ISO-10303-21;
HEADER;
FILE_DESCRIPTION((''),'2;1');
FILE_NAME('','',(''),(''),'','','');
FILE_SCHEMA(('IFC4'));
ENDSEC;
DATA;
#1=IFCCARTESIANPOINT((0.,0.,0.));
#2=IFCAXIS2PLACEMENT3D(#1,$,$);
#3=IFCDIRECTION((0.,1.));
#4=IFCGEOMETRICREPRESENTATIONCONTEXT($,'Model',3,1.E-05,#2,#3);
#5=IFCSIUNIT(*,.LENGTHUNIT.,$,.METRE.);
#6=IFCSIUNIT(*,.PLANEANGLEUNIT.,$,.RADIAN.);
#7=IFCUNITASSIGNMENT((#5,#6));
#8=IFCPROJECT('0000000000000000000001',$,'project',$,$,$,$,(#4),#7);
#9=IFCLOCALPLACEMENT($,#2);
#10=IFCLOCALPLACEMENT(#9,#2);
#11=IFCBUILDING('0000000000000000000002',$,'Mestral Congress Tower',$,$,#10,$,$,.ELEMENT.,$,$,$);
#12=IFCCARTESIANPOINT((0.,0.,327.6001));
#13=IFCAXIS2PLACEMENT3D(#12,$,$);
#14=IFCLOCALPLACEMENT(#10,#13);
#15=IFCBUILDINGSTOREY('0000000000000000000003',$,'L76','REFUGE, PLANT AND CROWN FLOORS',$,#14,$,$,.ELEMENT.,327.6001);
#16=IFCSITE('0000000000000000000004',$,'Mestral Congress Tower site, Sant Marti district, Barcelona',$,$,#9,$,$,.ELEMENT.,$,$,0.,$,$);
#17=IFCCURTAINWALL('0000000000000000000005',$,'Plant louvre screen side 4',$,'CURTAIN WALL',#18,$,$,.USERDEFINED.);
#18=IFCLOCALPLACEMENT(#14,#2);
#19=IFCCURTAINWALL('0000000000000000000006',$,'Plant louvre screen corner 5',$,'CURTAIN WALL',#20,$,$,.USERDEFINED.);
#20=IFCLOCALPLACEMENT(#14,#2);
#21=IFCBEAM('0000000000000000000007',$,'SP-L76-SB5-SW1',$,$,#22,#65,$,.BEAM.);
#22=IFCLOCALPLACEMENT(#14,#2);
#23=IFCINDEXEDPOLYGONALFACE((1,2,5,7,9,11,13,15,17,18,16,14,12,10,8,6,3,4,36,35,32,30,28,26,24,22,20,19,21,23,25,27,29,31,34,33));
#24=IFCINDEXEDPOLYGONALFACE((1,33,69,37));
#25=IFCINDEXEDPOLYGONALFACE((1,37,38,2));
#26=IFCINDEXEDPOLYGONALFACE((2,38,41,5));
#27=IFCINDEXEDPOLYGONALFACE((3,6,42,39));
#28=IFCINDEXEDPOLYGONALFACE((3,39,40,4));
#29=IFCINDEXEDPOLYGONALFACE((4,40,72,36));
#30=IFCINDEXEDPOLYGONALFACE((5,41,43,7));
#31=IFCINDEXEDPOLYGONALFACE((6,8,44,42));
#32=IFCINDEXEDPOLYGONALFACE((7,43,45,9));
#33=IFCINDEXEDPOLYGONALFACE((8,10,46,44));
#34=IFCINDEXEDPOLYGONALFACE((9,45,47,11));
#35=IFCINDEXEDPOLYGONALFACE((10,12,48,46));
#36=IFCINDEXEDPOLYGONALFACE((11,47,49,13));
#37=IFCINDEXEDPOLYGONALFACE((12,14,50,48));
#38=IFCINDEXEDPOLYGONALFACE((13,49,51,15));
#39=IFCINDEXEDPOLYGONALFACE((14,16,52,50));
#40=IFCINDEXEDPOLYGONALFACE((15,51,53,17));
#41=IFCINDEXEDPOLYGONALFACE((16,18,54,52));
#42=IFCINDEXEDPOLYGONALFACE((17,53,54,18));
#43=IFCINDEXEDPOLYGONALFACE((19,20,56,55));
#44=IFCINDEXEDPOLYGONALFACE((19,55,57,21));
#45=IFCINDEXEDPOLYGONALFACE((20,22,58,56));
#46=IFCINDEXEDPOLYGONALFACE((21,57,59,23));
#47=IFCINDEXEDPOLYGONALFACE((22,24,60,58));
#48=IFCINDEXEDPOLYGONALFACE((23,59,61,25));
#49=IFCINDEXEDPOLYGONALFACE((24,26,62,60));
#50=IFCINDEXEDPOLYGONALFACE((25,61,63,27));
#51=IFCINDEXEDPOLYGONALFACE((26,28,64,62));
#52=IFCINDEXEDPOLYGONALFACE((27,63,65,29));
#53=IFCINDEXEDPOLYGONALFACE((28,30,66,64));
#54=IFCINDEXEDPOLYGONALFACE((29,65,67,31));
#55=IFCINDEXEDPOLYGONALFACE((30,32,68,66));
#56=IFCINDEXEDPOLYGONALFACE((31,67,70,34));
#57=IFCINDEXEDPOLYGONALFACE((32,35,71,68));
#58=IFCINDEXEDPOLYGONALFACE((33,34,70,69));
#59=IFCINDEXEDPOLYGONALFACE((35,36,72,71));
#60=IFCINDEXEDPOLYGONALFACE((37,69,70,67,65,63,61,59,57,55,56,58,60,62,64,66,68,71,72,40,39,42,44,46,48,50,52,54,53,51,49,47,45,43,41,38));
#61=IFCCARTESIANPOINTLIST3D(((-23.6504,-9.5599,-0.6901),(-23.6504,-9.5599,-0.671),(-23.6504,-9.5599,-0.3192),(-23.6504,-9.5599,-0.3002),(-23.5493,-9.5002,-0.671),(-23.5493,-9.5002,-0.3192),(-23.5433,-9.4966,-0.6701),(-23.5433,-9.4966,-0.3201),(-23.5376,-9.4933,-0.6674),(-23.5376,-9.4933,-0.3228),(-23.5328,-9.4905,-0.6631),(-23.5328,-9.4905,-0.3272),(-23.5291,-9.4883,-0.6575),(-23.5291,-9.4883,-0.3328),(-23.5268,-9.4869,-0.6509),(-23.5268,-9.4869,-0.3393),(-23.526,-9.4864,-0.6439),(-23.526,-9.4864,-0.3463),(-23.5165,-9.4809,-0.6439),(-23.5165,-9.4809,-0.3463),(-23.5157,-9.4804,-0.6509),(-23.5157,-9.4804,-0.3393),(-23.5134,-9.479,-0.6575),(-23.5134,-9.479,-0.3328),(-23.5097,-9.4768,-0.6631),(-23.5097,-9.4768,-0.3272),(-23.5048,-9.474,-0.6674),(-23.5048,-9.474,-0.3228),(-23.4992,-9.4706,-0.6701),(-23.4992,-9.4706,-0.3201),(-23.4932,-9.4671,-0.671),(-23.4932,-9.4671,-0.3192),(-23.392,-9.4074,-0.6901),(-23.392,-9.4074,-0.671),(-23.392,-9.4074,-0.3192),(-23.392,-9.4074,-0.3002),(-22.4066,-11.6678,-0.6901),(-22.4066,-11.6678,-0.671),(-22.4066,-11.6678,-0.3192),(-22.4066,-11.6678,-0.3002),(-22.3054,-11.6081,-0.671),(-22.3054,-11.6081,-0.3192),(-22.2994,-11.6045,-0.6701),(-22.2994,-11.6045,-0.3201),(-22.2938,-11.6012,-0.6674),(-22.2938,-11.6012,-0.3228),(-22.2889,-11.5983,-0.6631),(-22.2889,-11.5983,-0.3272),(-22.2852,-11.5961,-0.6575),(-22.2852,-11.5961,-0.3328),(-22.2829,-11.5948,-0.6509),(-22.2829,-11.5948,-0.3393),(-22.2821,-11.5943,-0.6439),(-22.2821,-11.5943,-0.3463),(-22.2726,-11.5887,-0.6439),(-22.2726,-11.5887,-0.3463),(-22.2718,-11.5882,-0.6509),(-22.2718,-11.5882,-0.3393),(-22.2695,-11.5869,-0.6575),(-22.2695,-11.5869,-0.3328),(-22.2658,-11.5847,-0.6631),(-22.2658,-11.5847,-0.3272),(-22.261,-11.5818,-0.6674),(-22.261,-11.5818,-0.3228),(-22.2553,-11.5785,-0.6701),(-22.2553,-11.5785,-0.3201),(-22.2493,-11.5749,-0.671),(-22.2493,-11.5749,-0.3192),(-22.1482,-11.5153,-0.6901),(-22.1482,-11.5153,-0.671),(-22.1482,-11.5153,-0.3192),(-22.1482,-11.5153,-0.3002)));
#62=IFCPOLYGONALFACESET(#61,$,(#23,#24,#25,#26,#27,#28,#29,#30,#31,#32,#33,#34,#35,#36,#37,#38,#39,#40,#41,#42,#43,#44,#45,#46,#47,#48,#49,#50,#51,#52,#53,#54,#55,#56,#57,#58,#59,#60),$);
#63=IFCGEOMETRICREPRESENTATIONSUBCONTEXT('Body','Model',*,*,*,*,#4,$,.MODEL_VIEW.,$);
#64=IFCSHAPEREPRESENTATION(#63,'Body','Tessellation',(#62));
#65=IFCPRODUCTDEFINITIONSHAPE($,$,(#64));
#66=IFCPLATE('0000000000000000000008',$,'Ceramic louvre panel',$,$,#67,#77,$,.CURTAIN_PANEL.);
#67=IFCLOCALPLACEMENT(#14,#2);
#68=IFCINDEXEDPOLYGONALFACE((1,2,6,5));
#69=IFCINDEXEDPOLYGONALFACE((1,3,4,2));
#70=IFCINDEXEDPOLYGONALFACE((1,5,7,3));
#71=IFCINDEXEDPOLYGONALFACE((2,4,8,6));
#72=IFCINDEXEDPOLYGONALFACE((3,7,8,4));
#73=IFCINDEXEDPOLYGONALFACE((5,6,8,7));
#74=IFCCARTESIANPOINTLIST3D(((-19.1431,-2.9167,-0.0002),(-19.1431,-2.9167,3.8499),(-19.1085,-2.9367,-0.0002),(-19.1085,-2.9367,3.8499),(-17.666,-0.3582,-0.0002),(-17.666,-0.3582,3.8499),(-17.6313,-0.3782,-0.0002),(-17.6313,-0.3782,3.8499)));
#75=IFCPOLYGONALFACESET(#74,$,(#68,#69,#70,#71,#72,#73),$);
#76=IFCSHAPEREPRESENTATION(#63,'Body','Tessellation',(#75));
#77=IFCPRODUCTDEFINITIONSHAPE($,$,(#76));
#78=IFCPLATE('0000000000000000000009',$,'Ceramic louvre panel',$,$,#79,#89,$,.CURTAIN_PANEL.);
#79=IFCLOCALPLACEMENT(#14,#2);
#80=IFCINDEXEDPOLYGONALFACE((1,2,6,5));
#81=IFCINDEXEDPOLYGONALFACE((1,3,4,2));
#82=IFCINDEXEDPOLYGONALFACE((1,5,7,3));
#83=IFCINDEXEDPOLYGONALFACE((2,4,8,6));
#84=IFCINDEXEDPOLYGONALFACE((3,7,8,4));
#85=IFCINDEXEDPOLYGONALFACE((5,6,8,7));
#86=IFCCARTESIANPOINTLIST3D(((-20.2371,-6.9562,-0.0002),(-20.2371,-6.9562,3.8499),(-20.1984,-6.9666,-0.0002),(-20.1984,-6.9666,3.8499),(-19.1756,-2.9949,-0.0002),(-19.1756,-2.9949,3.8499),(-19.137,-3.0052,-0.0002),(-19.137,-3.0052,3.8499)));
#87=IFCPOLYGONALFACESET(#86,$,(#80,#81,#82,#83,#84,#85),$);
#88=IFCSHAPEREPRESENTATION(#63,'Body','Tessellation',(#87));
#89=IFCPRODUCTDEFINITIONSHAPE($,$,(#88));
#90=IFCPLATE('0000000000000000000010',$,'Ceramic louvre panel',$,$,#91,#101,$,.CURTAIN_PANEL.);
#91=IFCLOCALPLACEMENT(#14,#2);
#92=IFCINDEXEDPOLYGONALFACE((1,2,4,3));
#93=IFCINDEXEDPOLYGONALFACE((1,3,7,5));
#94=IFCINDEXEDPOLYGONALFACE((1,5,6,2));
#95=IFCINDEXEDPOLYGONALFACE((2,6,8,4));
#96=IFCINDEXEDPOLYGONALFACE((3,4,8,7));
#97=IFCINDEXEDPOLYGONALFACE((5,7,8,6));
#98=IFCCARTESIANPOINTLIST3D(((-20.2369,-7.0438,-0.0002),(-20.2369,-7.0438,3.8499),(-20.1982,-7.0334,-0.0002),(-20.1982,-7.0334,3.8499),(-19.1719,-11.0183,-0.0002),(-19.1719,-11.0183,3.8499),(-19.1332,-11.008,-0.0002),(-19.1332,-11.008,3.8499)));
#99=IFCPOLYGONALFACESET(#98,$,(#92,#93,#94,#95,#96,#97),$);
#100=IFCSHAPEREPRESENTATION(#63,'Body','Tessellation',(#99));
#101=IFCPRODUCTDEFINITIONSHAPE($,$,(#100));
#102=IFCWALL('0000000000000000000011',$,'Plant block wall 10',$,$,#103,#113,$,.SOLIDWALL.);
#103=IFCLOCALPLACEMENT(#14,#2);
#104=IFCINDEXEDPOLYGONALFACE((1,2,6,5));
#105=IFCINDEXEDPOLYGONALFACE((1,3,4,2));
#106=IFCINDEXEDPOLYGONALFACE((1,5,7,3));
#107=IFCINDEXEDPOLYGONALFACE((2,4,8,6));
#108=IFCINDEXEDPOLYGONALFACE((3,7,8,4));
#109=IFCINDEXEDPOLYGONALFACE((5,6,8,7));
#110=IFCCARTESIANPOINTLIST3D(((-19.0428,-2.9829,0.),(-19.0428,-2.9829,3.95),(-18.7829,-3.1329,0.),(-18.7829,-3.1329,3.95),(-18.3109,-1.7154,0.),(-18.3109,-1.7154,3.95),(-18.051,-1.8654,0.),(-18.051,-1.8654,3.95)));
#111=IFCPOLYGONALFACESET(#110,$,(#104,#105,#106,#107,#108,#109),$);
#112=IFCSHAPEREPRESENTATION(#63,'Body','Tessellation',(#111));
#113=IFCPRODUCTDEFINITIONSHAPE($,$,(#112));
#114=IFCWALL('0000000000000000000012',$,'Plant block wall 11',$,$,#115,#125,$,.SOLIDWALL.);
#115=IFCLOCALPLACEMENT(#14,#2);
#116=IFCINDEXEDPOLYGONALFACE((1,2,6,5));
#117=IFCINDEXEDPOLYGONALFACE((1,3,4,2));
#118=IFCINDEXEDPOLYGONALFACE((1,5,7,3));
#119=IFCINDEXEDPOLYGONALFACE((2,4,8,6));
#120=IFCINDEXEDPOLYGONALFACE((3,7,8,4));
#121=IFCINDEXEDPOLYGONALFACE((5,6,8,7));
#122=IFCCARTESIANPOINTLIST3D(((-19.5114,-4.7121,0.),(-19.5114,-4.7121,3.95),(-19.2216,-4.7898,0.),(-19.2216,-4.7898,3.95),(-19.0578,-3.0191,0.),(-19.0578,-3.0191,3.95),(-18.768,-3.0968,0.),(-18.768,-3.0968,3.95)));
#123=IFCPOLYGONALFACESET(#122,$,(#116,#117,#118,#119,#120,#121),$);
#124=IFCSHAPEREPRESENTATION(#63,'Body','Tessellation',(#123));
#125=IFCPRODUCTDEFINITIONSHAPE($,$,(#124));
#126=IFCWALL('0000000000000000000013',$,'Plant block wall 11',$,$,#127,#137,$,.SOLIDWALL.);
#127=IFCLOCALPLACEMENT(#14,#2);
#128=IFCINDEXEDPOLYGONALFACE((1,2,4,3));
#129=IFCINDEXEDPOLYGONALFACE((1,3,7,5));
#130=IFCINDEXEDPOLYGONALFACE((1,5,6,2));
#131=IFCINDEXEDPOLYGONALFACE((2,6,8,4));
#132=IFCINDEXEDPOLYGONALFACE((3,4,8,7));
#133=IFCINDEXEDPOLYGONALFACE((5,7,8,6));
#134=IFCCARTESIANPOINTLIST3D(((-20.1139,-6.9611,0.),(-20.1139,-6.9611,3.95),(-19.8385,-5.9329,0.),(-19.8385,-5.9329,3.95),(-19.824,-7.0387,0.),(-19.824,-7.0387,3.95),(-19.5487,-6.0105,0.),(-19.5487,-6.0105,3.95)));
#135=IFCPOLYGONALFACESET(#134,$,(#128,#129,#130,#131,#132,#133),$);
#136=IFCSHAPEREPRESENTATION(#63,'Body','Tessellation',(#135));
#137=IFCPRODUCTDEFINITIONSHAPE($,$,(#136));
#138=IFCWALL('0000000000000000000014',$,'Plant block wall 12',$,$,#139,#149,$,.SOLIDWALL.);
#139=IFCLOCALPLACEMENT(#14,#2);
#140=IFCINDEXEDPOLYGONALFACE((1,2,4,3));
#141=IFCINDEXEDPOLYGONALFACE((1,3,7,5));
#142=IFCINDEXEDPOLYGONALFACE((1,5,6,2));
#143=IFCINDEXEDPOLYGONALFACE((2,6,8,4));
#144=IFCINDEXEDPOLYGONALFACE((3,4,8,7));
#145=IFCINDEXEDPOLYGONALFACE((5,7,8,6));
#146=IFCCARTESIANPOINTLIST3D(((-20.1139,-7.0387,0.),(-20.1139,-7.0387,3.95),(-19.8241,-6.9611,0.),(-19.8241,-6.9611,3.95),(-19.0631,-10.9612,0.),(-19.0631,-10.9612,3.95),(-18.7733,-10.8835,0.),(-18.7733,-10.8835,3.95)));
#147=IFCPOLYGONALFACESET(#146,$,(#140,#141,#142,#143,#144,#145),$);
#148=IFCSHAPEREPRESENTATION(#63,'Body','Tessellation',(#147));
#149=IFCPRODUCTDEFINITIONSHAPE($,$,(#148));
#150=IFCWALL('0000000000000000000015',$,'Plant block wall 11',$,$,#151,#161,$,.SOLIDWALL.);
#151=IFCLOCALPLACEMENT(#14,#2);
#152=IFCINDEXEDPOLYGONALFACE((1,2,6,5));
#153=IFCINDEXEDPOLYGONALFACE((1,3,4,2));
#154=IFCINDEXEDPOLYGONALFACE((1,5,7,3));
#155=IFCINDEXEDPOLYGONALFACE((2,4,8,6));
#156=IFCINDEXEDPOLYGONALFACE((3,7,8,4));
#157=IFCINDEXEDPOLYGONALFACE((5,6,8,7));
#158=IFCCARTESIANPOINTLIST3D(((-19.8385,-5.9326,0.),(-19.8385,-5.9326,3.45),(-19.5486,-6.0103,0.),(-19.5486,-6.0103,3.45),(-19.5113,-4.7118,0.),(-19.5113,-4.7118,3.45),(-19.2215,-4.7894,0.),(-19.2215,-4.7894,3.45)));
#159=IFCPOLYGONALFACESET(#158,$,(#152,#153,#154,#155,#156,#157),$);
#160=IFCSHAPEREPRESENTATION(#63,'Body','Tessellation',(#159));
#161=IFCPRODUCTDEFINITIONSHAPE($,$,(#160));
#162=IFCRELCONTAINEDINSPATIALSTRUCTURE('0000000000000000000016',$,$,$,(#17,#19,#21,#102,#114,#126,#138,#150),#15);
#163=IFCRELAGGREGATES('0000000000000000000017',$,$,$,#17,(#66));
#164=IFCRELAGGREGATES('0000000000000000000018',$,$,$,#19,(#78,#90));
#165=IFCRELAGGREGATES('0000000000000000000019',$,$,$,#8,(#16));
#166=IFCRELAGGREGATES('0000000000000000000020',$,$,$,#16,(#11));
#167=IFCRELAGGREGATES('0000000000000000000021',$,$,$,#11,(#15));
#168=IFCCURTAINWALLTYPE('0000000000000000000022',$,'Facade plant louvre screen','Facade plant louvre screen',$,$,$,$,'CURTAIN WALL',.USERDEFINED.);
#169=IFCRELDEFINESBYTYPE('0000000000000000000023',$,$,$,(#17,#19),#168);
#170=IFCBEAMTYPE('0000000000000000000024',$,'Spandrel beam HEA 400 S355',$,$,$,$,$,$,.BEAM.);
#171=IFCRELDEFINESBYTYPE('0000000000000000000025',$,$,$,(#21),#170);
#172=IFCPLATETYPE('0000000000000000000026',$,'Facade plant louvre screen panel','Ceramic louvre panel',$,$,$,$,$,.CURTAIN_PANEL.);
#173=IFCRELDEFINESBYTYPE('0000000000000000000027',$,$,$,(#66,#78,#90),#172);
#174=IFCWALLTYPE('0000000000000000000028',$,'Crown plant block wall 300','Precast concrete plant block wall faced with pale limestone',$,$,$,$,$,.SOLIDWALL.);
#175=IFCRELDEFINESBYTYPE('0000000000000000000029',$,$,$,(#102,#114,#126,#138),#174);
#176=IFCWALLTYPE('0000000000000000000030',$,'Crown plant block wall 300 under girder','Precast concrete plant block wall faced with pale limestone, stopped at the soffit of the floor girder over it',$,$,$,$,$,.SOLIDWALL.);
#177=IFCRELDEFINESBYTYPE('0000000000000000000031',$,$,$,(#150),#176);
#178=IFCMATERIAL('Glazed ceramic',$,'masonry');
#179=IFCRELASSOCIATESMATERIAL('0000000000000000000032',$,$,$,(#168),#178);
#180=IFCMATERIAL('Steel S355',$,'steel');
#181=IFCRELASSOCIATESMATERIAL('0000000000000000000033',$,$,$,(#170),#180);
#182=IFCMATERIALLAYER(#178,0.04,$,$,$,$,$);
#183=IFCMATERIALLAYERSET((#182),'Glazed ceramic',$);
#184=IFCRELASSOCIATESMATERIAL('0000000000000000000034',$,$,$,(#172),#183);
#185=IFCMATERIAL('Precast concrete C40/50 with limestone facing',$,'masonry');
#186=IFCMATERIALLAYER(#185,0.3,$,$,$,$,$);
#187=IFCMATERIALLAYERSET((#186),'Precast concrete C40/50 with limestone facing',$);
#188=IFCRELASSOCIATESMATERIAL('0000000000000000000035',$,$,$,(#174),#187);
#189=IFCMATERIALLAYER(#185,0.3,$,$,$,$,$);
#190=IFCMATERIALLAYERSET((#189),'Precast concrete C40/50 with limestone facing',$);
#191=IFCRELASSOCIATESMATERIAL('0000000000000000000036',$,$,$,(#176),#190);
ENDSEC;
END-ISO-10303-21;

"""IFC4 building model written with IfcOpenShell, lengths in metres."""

from ifc_helpers import new_model, si_unit, direction, frame, frame_2d, origin, origin_2d, place, context, subcontext, project, spatial, rectangle, i_section, extrude, material, layer, layer_set, material_profile, profile_set, type_object, element, aggregate, save


model = new_model("IFC4")

# Units and contexts
model_context = context("Model", 3, precision=1e-05, world=origin(), true_north=direction((0.0, 1.0)))
body_context = subcontext(model_context, "Body", "Model", "MODEL_VIEW")
ifc_project = project(units=[si_unit("LENGTHUNIT", "METRE"), si_unit("PLANEANGLEUNIT", "RADIAN")], contexts=[model_context])

# Site, building, storey
site_placement = place(None, origin())
site = spatial("IfcSite", under=ifc_project, at=site_placement, Name="Mestral Congress Tower site, Sant Marti district, Barcelona", CompositionType="ELEMENT", RefElevation=0.0)
building_placement = place(site_placement, origin())
building = spatial("IfcBuilding", under=site, at=building_placement, Name="Mestral Congress Tower", CompositionType="ELEMENT")
storey_placement = place(building_placement, frame((0.0, 0.0, 327.6001)))
storey = spatial("IfcBuildingStorey", under=building, at=storey_placement, Name="L76", Description="REFUGE, PLANT AND CROWN FLOORS", CompositionType="ELEMENT", Elevation=327.6001)

# Shared definitions
ifc_material_1 = material(Name="Steel S355", Category="steel")

# Curtain wall
ifc_material_2 = material(Name="Glazed ceramic", Category="masonry")
curtain_wall_type = type_object("IfcCurtainWallType", Name="Facade plant louvre screen", Description="Facade plant louvre screen", ElementType="CURTAIN WALL", PredefinedType="USERDEFINED", material=ifc_material_2)
placement = place(storey_placement, origin())
curtain_wall_1 = element("IfcCurtainWall", 1, at=placement, inside=storey, type_object=curtain_wall_type, Name="Plant louvre screen side 4", ObjectType="CURTAIN WALL", PredefinedType="USERDEFINED")

# Curtain wall
curtain_wall_2 = element("IfcCurtainWall", 2, at=placement, inside=storey, type_object=curtain_wall_type, Name="Plant louvre screen corner 5", ObjectType="CURTAIN WALL", PredefinedType="USERDEFINED")

# Beam
ifc_material_profile_1 = material_profile(ifc_material_1, i_section(OverallWidth=0.3, OverallDepth=0.3899, WebThickness=0.011, FlangeThickness=0.019, FilletRadius=0.0271, at=origin_2d()), Name="HEA 400")
ifc_profile_set_1 = profile_set([ifc_material_profile_1], Name="Steel S355")
beam_type_1 = type_object("IfcBeamType", Name="Spandrel beam HEA 400 S355", PredefinedType="BEAM", material=ifc_profile_set_1)
beam_1_placement = place(storey_placement, frame((-23.5212, -9.4836, -0.4951), z_axis=(0.508218, -0.861228, 0.0), x_axis=(0.861228, 0.508218, 0.0)))
element("IfcBeam", 3, at=beam_1_placement, inside=storey, type_object=beam_type_1, Name="SP-L76-SB5-SW1", PredefinedType="BEAM", context=body_context, shape_type="SweptSolid", body=[
    extrude(i_section(OverallWidth=0.3, OverallDepth=0.3899, WebThickness=0.011, FlangeThickness=0.019, FilletRadius=0.0271, at=origin_2d()), origin(), (0.0, 0.0, 1.0), 2.4475),
])

# Plates
ifc_layer_1 = layer(ifc_material_2, 0.04)
ifc_layer_set_1 = layer_set([ifc_layer_1], Name="Glazed ceramic")
plate_type = type_object("IfcPlateType", Name="Facade plant louvre screen panel", Description="Ceramic louvre panel", PredefinedType="CURTAIN_PANEL", material=ifc_layer_set_1)
plate_1_placement = place(storey_placement, frame((-18.3872, -1.6475, -0.0002), z_axis=(0.0, 0.0, 1.0), x_axis=(-0.500002, -0.866025, 0.0)))
plate_1 = element("IfcPlate", 4, at=plate_1_placement, type_object=plate_type, Name="Ceramic louvre panel", PredefinedType="CURTAIN_PANEL", context=body_context, shape_type="SweptSolid", body=[
    extrude(rectangle(XDim=2.9543, YDim=0.04, at=origin_2d()), origin(), (0.0, 0.0, 1.0), 3.8501),
])
aggregate(curtain_wall_1, [plate_1])
plate_2_placement = place(storey_placement, frame((-19.687, -4.9807, -0.0002), z_axis=(0.0, 0.0, 1.0), x_axis=(-0.258819, -0.965926, 0.0)))
plate_2 = element("IfcPlate", 5, at=plate_2_placement, type_object=plate_type, Name="Ceramic louvre panel", PredefinedType="CURTAIN_PANEL", context=body_context, shape_type="SweptSolid", body=[
    extrude(rectangle(XDim=4.1011, YDim=0.04, at=origin_2d()), origin(), (0.0, 0.0, 1.0), 3.8501),
])
plate_3_placement = place(storey_placement, frame((-19.6851, -9.0259, -0.0002), z_axis=(0.0, 0.0, 1.0), x_axis=(0.258819, -0.965926, 0.0)))
plate_3 = element("IfcPlate", 6, at=plate_3_placement, type_object=plate_type, Name="Ceramic louvre panel", PredefinedType="CURTAIN_PANEL", context=body_context, shape_type="SweptSolid", body=[
    extrude(rectangle(XDim=4.1147, YDim=0.04, at=origin_2d()), origin(), (0.0, 0.0, 1.0), 3.8501),
])
aggregate(curtain_wall_2, [plate_2, plate_3])

# Walls
ifc_material_3 = material(Name="Precast concrete C40/50 with limestone facing", Category="masonry")
ifc_layer_2 = layer(ifc_material_3, 0.3)
ifc_layer_set_2 = layer_set([ifc_layer_2], Name="Precast concrete C40/50 with limestone facing")
wall_type_1 = type_object("IfcWallType", Name="Crown plant block wall 300", Description="Precast concrete plant block wall faced with pale limestone", PredefinedType="SOLIDWALL", material=ifc_layer_set_2)
wall_1_placement = place(storey_placement, frame((-18.1809, -1.7903, 0.0), z_axis=(0.0, 0.0, 1.0), x_axis=(-0.50005, -0.865997, 0.0)))
element("IfcWall", 7, at=wall_1_placement, inside=storey, type_object=wall_type_1, Name="Plant block wall 10", PredefinedType="SOLIDWALL", context=body_context, shape_type="SweptSolid", body=[
    extrude(rectangle(XDim=1.4636, YDim=0.3, at=frame_2d((0.7319, 0.0))), origin(), (0.0, 0.0, 1.0), 3.95),
])
wall_2_placement = place(storey_placement, frame((-18.9128, -3.0579, 0.0), z_axis=(0.0, 0.0, 1.0), x_axis=(-0.258824, -0.965924, 0.0)))
element("IfcWall", 8, at=wall_2_placement, inside=storey, type_object=wall_type_1, Name="Plant block wall 11", PredefinedType="SOLIDWALL", context=body_context, shape_type="SweptSolid", body=[
    extrude(rectangle(XDim=1.7527, YDim=0.3, at=frame_2d((0.8765, 0.0))), origin(), (0.0, 0.0, 1.0), 3.95),
])
wall_3_placement = place(storey_placement, frame((-19.6936, -5.9717, 0.0), z_axis=(0.0, 0.0, 1.0), x_axis=(-0.25869, -0.96596, 0.0)))
element("IfcWall", 9, at=wall_3_placement, inside=storey, type_object=wall_type_1, Name="Plant block wall 11", PredefinedType="SOLIDWALL", context=body_context, shape_type="SweptSolid", body=[
    extrude(rectangle(XDim=1.0645, YDim=0.3, at=frame_2d((0.5322, 0.0))), origin(), (0.0, 0.0, 1.0), 3.95),
])
wall_4_placement = place(storey_placement, frame((-19.969, -7.0, 0.0), z_axis=(0.0, 0.0, 1.0), x_axis=(0.25877, -0.965939, 0.0)))
element("IfcWall", 10, at=wall_4_placement, inside=storey, type_object=wall_type_1, Name="Plant block wall 12", PredefinedType="SOLIDWALL", context=body_context, shape_type="SweptSolid", body=[
    extrude(rectangle(XDim=4.0608, YDim=0.3, at=frame_2d((2.0303, 0.0))), origin(), (0.0, 0.0, 1.0), 3.95),
])
ifc_layer_3 = layer(ifc_material_3, 0.3)
ifc_layer_set_3 = layer_set([ifc_layer_3], Name="Precast concrete C40/50 with limestone facing")
wall_type_2 = type_object("IfcWallType", Name="Crown plant block wall 300 under girder", Description="Precast concrete plant block wall faced with pale limestone, stopped at the soffit of the floor girder over it", PredefinedType="SOLIDWALL", material=ifc_layer_set_3)
wall_5_placement = place(storey_placement, frame((-19.3665, -4.7507, 0.0), z_axis=(0.0, 0.0, 1.0), x_axis=(-0.258817, -0.965926, 0.0)))
element("IfcWall", 11, at=wall_5_placement, inside=storey, type_object=wall_type_2, Name="Plant block wall 11", PredefinedType="SOLIDWALL", context=body_context, shape_type="SweptSolid", body=[
    extrude(rectangle(XDim=1.2639, YDim=0.3, at=frame_2d((0.6318, 0.0))), origin(), (0.0, 0.0, 1.0), 3.45),
])

save(model, "model.ifc")
